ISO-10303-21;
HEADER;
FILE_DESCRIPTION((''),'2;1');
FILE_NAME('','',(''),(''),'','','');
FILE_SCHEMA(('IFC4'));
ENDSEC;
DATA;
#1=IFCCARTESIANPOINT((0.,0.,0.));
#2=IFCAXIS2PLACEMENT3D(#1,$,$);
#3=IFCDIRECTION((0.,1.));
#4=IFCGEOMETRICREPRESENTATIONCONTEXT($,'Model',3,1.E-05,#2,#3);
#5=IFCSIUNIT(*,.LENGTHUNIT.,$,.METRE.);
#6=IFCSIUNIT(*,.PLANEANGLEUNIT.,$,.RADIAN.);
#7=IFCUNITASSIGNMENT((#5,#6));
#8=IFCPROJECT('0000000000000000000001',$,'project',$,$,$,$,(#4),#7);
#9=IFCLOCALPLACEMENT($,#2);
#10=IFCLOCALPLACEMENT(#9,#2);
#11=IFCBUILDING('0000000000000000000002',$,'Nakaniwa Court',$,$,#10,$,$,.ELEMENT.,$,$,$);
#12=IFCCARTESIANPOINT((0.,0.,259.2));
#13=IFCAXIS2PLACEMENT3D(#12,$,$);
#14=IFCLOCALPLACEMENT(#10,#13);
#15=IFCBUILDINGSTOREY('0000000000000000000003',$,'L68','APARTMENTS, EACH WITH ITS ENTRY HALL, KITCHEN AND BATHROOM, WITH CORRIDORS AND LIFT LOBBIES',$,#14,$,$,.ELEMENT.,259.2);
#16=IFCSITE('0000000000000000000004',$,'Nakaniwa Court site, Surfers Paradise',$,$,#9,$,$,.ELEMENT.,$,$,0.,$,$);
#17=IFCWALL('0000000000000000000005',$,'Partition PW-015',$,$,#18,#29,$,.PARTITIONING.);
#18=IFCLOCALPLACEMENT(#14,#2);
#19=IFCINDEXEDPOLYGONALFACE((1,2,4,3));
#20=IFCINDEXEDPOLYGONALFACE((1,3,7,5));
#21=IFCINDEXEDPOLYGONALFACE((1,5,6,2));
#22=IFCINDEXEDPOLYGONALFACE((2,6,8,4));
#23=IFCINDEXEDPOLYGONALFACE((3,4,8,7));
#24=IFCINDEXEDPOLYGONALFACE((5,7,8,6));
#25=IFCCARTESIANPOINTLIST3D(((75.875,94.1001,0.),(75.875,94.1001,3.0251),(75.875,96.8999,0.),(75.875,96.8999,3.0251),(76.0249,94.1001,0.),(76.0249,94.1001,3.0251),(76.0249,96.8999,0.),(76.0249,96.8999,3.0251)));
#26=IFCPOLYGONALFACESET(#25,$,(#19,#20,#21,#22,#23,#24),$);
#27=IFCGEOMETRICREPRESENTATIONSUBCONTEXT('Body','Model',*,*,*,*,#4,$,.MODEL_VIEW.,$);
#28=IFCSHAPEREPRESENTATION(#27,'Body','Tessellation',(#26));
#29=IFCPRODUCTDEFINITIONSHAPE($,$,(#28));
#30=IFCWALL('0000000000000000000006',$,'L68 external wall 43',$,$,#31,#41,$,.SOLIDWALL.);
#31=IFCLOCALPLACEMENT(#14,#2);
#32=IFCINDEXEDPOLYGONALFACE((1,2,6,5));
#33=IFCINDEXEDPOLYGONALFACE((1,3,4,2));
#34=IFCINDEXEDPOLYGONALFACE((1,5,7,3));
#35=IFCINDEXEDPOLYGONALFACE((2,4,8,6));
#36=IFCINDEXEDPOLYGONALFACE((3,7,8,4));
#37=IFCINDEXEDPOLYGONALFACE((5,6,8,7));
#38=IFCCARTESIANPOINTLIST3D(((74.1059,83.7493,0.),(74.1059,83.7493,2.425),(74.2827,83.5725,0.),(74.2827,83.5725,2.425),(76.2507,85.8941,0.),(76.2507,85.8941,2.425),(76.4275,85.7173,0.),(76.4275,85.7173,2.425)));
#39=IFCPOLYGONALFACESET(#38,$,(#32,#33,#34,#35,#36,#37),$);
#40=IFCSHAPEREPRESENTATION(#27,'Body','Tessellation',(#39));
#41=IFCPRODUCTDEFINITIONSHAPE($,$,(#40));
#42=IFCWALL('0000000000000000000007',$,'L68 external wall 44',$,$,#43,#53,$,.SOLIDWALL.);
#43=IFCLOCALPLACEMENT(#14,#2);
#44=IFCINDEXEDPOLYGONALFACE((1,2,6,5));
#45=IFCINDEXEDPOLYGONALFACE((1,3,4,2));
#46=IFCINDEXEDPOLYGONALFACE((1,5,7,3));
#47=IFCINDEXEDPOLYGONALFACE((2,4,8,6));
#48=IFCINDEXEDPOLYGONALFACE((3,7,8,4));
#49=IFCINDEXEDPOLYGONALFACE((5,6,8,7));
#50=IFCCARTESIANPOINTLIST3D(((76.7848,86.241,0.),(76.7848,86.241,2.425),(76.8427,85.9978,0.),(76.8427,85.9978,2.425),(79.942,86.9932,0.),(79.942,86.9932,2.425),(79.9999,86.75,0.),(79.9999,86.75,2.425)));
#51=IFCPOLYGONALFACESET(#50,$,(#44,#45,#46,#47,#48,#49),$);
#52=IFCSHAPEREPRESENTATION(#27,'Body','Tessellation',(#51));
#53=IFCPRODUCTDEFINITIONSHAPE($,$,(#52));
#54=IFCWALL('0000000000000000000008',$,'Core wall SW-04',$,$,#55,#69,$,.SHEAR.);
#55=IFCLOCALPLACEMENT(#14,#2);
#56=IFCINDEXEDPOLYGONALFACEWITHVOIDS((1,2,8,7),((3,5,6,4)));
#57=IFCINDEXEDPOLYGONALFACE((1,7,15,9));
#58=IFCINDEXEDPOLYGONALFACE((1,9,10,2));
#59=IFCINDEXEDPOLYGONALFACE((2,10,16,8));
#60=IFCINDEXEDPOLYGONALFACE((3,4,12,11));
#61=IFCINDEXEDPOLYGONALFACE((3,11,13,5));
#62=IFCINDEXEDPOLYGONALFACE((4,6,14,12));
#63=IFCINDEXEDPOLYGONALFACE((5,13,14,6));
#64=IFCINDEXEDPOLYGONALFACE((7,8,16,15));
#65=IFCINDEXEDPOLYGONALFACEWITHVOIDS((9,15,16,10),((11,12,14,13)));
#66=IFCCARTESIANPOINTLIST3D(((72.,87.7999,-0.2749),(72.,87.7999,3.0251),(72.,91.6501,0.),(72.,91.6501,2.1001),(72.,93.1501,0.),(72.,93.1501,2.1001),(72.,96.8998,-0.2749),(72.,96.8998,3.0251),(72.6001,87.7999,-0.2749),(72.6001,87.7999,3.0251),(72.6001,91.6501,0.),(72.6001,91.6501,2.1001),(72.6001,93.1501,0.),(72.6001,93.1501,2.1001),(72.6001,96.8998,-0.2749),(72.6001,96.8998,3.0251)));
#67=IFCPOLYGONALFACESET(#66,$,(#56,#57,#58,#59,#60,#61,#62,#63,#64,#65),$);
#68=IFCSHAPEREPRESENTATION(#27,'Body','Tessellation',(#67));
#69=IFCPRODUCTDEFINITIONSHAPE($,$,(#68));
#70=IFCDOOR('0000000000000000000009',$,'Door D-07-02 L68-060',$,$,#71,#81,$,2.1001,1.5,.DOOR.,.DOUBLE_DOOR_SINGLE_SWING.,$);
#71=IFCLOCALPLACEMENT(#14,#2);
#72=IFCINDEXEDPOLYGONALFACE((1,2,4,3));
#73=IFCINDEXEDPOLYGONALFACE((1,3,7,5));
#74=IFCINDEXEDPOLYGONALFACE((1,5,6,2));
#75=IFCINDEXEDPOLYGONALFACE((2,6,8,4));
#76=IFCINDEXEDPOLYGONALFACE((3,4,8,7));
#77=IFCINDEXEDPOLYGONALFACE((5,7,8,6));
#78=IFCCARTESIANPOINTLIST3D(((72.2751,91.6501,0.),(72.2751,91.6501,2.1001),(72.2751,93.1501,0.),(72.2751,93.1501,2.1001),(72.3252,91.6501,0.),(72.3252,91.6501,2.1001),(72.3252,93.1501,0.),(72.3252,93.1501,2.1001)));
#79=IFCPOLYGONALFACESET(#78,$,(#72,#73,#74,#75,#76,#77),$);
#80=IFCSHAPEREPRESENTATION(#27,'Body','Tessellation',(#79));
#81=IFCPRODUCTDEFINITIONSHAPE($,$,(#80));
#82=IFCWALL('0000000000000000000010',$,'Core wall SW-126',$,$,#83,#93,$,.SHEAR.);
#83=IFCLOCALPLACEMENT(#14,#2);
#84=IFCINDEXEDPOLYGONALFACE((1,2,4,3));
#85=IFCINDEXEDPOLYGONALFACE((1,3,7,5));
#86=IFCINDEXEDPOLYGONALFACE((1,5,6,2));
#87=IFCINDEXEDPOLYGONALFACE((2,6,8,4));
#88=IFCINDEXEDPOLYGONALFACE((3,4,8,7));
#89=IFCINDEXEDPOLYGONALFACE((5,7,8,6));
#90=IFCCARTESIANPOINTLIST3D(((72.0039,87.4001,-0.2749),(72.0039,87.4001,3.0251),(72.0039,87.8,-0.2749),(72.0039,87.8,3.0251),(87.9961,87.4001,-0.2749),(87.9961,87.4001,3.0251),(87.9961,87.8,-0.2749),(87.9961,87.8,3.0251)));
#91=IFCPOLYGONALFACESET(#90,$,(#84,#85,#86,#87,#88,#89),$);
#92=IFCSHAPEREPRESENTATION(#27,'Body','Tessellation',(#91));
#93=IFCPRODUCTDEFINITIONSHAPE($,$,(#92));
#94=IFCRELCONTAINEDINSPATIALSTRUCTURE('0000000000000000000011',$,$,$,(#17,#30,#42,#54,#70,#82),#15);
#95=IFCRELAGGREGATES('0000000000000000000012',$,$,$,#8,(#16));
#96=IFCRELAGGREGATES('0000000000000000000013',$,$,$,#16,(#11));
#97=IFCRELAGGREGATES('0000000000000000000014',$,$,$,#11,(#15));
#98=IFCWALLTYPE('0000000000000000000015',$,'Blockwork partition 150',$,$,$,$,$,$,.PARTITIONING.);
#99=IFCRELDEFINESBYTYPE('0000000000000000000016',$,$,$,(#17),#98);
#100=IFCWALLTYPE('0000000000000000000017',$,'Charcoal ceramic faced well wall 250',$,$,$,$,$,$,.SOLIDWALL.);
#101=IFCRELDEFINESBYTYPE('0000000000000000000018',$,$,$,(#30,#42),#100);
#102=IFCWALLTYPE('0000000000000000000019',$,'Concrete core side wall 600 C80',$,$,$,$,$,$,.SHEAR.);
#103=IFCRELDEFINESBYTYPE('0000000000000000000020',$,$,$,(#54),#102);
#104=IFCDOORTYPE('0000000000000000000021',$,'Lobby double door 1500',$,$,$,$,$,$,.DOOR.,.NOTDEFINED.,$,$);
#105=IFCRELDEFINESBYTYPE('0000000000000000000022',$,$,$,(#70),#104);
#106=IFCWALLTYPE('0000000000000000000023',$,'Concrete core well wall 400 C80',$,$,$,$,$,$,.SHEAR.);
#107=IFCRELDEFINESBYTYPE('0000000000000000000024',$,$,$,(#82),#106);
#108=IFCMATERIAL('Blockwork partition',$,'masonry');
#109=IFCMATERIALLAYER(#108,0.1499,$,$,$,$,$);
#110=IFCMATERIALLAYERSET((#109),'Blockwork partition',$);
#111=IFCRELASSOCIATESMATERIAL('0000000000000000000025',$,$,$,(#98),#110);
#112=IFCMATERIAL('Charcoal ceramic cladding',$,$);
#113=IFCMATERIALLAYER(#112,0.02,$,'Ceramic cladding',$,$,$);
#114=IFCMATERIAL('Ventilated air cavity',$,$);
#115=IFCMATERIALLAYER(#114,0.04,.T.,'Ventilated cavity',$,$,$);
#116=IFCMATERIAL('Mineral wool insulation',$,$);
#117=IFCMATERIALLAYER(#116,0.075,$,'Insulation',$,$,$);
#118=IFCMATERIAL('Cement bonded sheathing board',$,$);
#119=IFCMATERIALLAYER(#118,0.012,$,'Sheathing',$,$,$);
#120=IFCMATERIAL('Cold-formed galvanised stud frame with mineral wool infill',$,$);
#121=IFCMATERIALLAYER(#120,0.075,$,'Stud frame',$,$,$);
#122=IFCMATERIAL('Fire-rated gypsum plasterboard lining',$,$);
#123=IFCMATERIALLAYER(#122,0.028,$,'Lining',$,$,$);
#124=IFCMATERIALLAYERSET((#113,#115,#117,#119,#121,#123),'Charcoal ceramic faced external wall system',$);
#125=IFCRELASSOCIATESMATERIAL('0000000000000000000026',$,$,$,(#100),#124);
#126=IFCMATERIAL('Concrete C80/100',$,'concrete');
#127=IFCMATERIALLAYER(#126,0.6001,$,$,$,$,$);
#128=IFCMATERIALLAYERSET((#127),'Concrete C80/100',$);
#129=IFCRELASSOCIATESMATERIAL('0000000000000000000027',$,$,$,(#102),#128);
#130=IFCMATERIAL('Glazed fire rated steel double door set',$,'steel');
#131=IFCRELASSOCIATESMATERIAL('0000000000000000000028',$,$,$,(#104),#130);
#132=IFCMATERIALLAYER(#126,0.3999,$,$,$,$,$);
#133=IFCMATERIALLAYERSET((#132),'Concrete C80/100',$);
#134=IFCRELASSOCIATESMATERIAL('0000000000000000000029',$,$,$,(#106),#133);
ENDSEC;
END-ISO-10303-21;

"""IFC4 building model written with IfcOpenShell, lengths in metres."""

from ifc_helpers import new_model, si_unit, direction, frame, frame_2d, origin, place, context, subcontext, project, spatial, rectangle, extrude, material, layer, layer_set, type_object, element, fill, save


model = new_model("IFC4")

# Units and contexts
model_context = context("Model", 3, precision=1e-05, world=origin(), true_north=direction((0.0, 1.0)))
body_context = subcontext(model_context, "Body", "Model", "MODEL_VIEW")
ifc_project = project(units=[si_unit("LENGTHUNIT", "METRE"), si_unit("PLANEANGLEUNIT", "RADIAN")], contexts=[model_context])

# Site, building, storey
site_placement = place(None, origin())
site = spatial("IfcSite", under=ifc_project, at=site_placement, Name="Nakaniwa Court site, Surfers Paradise", CompositionType="ELEMENT", RefElevation=0.0)
building_placement = place(site_placement, origin())
building = spatial("IfcBuilding", under=site, at=building_placement, Name="Nakaniwa Court", CompositionType="ELEMENT")
storey_placement = place(building_placement, frame((0.0, 0.0, 259.2)))
storey = spatial("IfcBuildingStorey", under=building, at=storey_placement, Name="L68", Description="APARTMENTS, EACH WITH ITS ENTRY HALL, KITCHEN AND BATHROOM, WITH CORRIDORS AND LIFT LOBBIES", CompositionType="ELEMENT", Elevation=259.2)

# Shared definitions
ifc_material_1 = material(Name="Concrete C80/100", Category="concrete")

# Shared definitions
ifc_material_2 = material(Name="Blockwork partition", Category="masonry")
ifc_layer_1 = layer(ifc_material_2, 0.1499)
ifc_layer_set_1 = layer_set([ifc_layer_1], Name="Blockwork partition")
wall_type_1 = type_object("IfcWallType", Name="Blockwork partition 150", PredefinedType="PARTITIONING", material=ifc_layer_set_1)

# Walls
wall_1_placement = place(storey_placement, frame((75.95, 94.1001, 0.0), z_axis=(0.0, 0.0, 1.0), x_axis=(0.0, 1.0, 0.0)))
element("IfcWall", 1, at=wall_1_placement, inside=storey, type_object=wall_type_1, Name="Partition PW-015", PredefinedType="PARTITIONING", context=body_context, shape_type="SweptSolid", body=[
    extrude(rectangle(XDim=2.7998, YDim=0.1499, at=frame_2d((1.3999, 0.0))), origin(), (0.0, 0.0, 1.0), 3.0251),
])
ifc_material_3 = material(Name="Charcoal ceramic cladding")
ifc_layer_2 = layer(ifc_material_3, 0.02, Name="Ceramic cladding")
ifc_material_4 = material(Name="Ventilated air cavity")
ifc_layer_3 = layer(ifc_material_4, 0.04, ventilated=True, Name="Ventilated cavity")
ifc_material_5 = material(Name="Mineral wool insulation")
ifc_layer_4 = layer(ifc_material_5, 0.075, Name="Insulation")
ifc_material_6 = material(Name="Cement bonded sheathing board")
ifc_layer_5 = layer(ifc_material_6, 0.012, Name="Sheathing")
ifc_material_7 = material(Name="Cold-formed galvanised stud frame with mineral wool infill")
ifc_layer_6 = layer(ifc_material_7, 0.075, Name="Stud frame")
ifc_material_8 = material(Name="Fire-rated gypsum plasterboard lining")
ifc_layer_7 = layer(ifc_material_8, 0.028, Name="Lining")
ifc_layer_set_2 = layer_set([ifc_layer_2, ifc_layer_3, ifc_layer_4, ifc_layer_5, ifc_layer_6, ifc_layer_7], Name="Charcoal ceramic faced external wall system")
wall_type_2 = type_object("IfcWallType", Name="Charcoal ceramic faced well wall 250", PredefinedType="SOLIDWALL", material=ifc_layer_set_2)
wall_2_placement = place(storey_placement, frame((74.1943, 83.6609, 0.0), z_axis=(0.0, 0.0, 1.0), x_axis=(0.707107, 0.707107, 0.0)))
element("IfcWall", 2, at=wall_2_placement, inside=storey, type_object=wall_type_2, Name="L68 external wall 43", PredefinedType="SOLIDWALL", context=body_context, shape_type="SweptSolid", body=[
    extrude(rectangle(XDim=3.0332, YDim=0.25, at=frame_2d((1.5166, 0.0))), origin(), (0.0, 0.0, 1.0), 2.425),
])
wall_3_placement = place(storey_placement, frame((76.8137, 86.1194, 0.0), z_axis=(0.0, 0.0, 1.0), x_axis=(0.972773, 0.23176, 0.0)))
element("IfcWall", 3, at=wall_3_placement, inside=storey, type_object=wall_type_2, Name="L68 external wall 44", PredefinedType="SOLIDWALL", context=body_context, shape_type="SweptSolid", body=[
    extrude(rectangle(XDim=3.2456, YDim=0.25, at=frame_2d((1.6228, 0.0))), origin(), (0.0, 0.0, 1.0), 2.425),
])

# Wall, opening, door
ifc_layer_8 = layer(ifc_material_1, 0.6001)
ifc_layer_set_3 = layer_set([ifc_layer_8], Name="Concrete C80/100")
wall_type_3 = type_object("IfcWallType", Name="Concrete core side wall 600 C80", PredefinedType="SHEAR", material=ifc_layer_set_3)
wall_4_placement = place(storey_placement, frame((72.3, 87.8, -0.2749), z_axis=(0.0, 0.0, 1.0), x_axis=(0.0, 1.0, 0.0)))
wall_4 = element("IfcWall", 4, at=wall_4_placement, inside=storey, type_object=wall_type_3, Name="Core wall SW-04", PredefinedType="SHEAR", context=body_context, shape_type="SweptSolid", body=[
    extrude(rectangle(XDim=9.0999, YDim=0.6001, at=frame_2d((4.5498, 0.0))), origin(), (0.0, 0.0, 1.0), 3.3),
])
opening_1_placement = place(wall_4_placement, frame((3.8501, 0.0, 0.2749)))
opening_1 = element("IfcOpeningElement", 5, at=opening_1_placement, cuts=wall_4, PredefinedType="OPENING", context=body_context, shape_type="SweptSolid", body=[
    extrude(rectangle(XDim=1.5, YDim=2.1001, at=frame_2d((0.75, 1.05))), frame((0.0, 0.3101, 0.0), z_axis=(0.0, -1.0, 0.0), x_axis=(1.0, 0.0, 0.0)), (0.0, 0.0, 1.0), 0.6201),
])
ifc_material_9 = material(Name="Glazed fire rated steel double door set", Category="steel")
door_type_1 = type_object("IfcDoorType", Name="Lobby double door 1500", OperationType="NOTDEFINED", PredefinedType="DOOR", material=ifc_material_9)
door_1_placement = place(opening_1_placement, origin())
door_1 = element("IfcDoor", 6, at=door_1_placement, inside=storey, type_object=door_type_1, Name="Door D-07-02 L68-060", OperationType="DOUBLE_DOOR_SINGLE_SWING", OverallHeight=2.1001, OverallWidth=1.5, PredefinedType="DOOR", context=body_context, shape_type="SweptSolid", body=[
    extrude(rectangle(XDim=1.5, YDim=2.1001, at=frame_2d((0.75, 1.05))), frame((0.0, 0.0249, 0.0), z_axis=(0.0, -1.0, 0.0), x_axis=(1.0, 0.0, 0.0)), (0.0, 0.0, 1.0), 0.05),
])
fill(opening_1, door_1)

# Wall
ifc_layer_9 = layer(ifc_material_1, 0.3999)
ifc_layer_set_4 = layer_set([ifc_layer_9], Name="Concrete C80/100")
wall_type_4 = type_object("IfcWallType", Name="Concrete core well wall 400 C80", PredefinedType="SHEAR", material=ifc_layer_set_4)
wall_5_placement = place(storey_placement, frame((72.0039, 87.6001, -0.2749), z_axis=(0.0, 0.0, 1.0), x_axis=(1.0, 0.0, 0.0)))
element("IfcWall", 7, at=wall_5_placement, inside=storey, type_object=wall_type_4, Name="Core wall SW-126", PredefinedType="SHEAR", context=body_context, shape_type="SweptSolid", body=[
    extrude(rectangle(XDim=15.9922, YDim=0.3999, at=frame_2d((7.9961, 0.0))), origin(), (0.0, 0.0, 1.0), 3.3),
])

save(model, "model.ifc")
